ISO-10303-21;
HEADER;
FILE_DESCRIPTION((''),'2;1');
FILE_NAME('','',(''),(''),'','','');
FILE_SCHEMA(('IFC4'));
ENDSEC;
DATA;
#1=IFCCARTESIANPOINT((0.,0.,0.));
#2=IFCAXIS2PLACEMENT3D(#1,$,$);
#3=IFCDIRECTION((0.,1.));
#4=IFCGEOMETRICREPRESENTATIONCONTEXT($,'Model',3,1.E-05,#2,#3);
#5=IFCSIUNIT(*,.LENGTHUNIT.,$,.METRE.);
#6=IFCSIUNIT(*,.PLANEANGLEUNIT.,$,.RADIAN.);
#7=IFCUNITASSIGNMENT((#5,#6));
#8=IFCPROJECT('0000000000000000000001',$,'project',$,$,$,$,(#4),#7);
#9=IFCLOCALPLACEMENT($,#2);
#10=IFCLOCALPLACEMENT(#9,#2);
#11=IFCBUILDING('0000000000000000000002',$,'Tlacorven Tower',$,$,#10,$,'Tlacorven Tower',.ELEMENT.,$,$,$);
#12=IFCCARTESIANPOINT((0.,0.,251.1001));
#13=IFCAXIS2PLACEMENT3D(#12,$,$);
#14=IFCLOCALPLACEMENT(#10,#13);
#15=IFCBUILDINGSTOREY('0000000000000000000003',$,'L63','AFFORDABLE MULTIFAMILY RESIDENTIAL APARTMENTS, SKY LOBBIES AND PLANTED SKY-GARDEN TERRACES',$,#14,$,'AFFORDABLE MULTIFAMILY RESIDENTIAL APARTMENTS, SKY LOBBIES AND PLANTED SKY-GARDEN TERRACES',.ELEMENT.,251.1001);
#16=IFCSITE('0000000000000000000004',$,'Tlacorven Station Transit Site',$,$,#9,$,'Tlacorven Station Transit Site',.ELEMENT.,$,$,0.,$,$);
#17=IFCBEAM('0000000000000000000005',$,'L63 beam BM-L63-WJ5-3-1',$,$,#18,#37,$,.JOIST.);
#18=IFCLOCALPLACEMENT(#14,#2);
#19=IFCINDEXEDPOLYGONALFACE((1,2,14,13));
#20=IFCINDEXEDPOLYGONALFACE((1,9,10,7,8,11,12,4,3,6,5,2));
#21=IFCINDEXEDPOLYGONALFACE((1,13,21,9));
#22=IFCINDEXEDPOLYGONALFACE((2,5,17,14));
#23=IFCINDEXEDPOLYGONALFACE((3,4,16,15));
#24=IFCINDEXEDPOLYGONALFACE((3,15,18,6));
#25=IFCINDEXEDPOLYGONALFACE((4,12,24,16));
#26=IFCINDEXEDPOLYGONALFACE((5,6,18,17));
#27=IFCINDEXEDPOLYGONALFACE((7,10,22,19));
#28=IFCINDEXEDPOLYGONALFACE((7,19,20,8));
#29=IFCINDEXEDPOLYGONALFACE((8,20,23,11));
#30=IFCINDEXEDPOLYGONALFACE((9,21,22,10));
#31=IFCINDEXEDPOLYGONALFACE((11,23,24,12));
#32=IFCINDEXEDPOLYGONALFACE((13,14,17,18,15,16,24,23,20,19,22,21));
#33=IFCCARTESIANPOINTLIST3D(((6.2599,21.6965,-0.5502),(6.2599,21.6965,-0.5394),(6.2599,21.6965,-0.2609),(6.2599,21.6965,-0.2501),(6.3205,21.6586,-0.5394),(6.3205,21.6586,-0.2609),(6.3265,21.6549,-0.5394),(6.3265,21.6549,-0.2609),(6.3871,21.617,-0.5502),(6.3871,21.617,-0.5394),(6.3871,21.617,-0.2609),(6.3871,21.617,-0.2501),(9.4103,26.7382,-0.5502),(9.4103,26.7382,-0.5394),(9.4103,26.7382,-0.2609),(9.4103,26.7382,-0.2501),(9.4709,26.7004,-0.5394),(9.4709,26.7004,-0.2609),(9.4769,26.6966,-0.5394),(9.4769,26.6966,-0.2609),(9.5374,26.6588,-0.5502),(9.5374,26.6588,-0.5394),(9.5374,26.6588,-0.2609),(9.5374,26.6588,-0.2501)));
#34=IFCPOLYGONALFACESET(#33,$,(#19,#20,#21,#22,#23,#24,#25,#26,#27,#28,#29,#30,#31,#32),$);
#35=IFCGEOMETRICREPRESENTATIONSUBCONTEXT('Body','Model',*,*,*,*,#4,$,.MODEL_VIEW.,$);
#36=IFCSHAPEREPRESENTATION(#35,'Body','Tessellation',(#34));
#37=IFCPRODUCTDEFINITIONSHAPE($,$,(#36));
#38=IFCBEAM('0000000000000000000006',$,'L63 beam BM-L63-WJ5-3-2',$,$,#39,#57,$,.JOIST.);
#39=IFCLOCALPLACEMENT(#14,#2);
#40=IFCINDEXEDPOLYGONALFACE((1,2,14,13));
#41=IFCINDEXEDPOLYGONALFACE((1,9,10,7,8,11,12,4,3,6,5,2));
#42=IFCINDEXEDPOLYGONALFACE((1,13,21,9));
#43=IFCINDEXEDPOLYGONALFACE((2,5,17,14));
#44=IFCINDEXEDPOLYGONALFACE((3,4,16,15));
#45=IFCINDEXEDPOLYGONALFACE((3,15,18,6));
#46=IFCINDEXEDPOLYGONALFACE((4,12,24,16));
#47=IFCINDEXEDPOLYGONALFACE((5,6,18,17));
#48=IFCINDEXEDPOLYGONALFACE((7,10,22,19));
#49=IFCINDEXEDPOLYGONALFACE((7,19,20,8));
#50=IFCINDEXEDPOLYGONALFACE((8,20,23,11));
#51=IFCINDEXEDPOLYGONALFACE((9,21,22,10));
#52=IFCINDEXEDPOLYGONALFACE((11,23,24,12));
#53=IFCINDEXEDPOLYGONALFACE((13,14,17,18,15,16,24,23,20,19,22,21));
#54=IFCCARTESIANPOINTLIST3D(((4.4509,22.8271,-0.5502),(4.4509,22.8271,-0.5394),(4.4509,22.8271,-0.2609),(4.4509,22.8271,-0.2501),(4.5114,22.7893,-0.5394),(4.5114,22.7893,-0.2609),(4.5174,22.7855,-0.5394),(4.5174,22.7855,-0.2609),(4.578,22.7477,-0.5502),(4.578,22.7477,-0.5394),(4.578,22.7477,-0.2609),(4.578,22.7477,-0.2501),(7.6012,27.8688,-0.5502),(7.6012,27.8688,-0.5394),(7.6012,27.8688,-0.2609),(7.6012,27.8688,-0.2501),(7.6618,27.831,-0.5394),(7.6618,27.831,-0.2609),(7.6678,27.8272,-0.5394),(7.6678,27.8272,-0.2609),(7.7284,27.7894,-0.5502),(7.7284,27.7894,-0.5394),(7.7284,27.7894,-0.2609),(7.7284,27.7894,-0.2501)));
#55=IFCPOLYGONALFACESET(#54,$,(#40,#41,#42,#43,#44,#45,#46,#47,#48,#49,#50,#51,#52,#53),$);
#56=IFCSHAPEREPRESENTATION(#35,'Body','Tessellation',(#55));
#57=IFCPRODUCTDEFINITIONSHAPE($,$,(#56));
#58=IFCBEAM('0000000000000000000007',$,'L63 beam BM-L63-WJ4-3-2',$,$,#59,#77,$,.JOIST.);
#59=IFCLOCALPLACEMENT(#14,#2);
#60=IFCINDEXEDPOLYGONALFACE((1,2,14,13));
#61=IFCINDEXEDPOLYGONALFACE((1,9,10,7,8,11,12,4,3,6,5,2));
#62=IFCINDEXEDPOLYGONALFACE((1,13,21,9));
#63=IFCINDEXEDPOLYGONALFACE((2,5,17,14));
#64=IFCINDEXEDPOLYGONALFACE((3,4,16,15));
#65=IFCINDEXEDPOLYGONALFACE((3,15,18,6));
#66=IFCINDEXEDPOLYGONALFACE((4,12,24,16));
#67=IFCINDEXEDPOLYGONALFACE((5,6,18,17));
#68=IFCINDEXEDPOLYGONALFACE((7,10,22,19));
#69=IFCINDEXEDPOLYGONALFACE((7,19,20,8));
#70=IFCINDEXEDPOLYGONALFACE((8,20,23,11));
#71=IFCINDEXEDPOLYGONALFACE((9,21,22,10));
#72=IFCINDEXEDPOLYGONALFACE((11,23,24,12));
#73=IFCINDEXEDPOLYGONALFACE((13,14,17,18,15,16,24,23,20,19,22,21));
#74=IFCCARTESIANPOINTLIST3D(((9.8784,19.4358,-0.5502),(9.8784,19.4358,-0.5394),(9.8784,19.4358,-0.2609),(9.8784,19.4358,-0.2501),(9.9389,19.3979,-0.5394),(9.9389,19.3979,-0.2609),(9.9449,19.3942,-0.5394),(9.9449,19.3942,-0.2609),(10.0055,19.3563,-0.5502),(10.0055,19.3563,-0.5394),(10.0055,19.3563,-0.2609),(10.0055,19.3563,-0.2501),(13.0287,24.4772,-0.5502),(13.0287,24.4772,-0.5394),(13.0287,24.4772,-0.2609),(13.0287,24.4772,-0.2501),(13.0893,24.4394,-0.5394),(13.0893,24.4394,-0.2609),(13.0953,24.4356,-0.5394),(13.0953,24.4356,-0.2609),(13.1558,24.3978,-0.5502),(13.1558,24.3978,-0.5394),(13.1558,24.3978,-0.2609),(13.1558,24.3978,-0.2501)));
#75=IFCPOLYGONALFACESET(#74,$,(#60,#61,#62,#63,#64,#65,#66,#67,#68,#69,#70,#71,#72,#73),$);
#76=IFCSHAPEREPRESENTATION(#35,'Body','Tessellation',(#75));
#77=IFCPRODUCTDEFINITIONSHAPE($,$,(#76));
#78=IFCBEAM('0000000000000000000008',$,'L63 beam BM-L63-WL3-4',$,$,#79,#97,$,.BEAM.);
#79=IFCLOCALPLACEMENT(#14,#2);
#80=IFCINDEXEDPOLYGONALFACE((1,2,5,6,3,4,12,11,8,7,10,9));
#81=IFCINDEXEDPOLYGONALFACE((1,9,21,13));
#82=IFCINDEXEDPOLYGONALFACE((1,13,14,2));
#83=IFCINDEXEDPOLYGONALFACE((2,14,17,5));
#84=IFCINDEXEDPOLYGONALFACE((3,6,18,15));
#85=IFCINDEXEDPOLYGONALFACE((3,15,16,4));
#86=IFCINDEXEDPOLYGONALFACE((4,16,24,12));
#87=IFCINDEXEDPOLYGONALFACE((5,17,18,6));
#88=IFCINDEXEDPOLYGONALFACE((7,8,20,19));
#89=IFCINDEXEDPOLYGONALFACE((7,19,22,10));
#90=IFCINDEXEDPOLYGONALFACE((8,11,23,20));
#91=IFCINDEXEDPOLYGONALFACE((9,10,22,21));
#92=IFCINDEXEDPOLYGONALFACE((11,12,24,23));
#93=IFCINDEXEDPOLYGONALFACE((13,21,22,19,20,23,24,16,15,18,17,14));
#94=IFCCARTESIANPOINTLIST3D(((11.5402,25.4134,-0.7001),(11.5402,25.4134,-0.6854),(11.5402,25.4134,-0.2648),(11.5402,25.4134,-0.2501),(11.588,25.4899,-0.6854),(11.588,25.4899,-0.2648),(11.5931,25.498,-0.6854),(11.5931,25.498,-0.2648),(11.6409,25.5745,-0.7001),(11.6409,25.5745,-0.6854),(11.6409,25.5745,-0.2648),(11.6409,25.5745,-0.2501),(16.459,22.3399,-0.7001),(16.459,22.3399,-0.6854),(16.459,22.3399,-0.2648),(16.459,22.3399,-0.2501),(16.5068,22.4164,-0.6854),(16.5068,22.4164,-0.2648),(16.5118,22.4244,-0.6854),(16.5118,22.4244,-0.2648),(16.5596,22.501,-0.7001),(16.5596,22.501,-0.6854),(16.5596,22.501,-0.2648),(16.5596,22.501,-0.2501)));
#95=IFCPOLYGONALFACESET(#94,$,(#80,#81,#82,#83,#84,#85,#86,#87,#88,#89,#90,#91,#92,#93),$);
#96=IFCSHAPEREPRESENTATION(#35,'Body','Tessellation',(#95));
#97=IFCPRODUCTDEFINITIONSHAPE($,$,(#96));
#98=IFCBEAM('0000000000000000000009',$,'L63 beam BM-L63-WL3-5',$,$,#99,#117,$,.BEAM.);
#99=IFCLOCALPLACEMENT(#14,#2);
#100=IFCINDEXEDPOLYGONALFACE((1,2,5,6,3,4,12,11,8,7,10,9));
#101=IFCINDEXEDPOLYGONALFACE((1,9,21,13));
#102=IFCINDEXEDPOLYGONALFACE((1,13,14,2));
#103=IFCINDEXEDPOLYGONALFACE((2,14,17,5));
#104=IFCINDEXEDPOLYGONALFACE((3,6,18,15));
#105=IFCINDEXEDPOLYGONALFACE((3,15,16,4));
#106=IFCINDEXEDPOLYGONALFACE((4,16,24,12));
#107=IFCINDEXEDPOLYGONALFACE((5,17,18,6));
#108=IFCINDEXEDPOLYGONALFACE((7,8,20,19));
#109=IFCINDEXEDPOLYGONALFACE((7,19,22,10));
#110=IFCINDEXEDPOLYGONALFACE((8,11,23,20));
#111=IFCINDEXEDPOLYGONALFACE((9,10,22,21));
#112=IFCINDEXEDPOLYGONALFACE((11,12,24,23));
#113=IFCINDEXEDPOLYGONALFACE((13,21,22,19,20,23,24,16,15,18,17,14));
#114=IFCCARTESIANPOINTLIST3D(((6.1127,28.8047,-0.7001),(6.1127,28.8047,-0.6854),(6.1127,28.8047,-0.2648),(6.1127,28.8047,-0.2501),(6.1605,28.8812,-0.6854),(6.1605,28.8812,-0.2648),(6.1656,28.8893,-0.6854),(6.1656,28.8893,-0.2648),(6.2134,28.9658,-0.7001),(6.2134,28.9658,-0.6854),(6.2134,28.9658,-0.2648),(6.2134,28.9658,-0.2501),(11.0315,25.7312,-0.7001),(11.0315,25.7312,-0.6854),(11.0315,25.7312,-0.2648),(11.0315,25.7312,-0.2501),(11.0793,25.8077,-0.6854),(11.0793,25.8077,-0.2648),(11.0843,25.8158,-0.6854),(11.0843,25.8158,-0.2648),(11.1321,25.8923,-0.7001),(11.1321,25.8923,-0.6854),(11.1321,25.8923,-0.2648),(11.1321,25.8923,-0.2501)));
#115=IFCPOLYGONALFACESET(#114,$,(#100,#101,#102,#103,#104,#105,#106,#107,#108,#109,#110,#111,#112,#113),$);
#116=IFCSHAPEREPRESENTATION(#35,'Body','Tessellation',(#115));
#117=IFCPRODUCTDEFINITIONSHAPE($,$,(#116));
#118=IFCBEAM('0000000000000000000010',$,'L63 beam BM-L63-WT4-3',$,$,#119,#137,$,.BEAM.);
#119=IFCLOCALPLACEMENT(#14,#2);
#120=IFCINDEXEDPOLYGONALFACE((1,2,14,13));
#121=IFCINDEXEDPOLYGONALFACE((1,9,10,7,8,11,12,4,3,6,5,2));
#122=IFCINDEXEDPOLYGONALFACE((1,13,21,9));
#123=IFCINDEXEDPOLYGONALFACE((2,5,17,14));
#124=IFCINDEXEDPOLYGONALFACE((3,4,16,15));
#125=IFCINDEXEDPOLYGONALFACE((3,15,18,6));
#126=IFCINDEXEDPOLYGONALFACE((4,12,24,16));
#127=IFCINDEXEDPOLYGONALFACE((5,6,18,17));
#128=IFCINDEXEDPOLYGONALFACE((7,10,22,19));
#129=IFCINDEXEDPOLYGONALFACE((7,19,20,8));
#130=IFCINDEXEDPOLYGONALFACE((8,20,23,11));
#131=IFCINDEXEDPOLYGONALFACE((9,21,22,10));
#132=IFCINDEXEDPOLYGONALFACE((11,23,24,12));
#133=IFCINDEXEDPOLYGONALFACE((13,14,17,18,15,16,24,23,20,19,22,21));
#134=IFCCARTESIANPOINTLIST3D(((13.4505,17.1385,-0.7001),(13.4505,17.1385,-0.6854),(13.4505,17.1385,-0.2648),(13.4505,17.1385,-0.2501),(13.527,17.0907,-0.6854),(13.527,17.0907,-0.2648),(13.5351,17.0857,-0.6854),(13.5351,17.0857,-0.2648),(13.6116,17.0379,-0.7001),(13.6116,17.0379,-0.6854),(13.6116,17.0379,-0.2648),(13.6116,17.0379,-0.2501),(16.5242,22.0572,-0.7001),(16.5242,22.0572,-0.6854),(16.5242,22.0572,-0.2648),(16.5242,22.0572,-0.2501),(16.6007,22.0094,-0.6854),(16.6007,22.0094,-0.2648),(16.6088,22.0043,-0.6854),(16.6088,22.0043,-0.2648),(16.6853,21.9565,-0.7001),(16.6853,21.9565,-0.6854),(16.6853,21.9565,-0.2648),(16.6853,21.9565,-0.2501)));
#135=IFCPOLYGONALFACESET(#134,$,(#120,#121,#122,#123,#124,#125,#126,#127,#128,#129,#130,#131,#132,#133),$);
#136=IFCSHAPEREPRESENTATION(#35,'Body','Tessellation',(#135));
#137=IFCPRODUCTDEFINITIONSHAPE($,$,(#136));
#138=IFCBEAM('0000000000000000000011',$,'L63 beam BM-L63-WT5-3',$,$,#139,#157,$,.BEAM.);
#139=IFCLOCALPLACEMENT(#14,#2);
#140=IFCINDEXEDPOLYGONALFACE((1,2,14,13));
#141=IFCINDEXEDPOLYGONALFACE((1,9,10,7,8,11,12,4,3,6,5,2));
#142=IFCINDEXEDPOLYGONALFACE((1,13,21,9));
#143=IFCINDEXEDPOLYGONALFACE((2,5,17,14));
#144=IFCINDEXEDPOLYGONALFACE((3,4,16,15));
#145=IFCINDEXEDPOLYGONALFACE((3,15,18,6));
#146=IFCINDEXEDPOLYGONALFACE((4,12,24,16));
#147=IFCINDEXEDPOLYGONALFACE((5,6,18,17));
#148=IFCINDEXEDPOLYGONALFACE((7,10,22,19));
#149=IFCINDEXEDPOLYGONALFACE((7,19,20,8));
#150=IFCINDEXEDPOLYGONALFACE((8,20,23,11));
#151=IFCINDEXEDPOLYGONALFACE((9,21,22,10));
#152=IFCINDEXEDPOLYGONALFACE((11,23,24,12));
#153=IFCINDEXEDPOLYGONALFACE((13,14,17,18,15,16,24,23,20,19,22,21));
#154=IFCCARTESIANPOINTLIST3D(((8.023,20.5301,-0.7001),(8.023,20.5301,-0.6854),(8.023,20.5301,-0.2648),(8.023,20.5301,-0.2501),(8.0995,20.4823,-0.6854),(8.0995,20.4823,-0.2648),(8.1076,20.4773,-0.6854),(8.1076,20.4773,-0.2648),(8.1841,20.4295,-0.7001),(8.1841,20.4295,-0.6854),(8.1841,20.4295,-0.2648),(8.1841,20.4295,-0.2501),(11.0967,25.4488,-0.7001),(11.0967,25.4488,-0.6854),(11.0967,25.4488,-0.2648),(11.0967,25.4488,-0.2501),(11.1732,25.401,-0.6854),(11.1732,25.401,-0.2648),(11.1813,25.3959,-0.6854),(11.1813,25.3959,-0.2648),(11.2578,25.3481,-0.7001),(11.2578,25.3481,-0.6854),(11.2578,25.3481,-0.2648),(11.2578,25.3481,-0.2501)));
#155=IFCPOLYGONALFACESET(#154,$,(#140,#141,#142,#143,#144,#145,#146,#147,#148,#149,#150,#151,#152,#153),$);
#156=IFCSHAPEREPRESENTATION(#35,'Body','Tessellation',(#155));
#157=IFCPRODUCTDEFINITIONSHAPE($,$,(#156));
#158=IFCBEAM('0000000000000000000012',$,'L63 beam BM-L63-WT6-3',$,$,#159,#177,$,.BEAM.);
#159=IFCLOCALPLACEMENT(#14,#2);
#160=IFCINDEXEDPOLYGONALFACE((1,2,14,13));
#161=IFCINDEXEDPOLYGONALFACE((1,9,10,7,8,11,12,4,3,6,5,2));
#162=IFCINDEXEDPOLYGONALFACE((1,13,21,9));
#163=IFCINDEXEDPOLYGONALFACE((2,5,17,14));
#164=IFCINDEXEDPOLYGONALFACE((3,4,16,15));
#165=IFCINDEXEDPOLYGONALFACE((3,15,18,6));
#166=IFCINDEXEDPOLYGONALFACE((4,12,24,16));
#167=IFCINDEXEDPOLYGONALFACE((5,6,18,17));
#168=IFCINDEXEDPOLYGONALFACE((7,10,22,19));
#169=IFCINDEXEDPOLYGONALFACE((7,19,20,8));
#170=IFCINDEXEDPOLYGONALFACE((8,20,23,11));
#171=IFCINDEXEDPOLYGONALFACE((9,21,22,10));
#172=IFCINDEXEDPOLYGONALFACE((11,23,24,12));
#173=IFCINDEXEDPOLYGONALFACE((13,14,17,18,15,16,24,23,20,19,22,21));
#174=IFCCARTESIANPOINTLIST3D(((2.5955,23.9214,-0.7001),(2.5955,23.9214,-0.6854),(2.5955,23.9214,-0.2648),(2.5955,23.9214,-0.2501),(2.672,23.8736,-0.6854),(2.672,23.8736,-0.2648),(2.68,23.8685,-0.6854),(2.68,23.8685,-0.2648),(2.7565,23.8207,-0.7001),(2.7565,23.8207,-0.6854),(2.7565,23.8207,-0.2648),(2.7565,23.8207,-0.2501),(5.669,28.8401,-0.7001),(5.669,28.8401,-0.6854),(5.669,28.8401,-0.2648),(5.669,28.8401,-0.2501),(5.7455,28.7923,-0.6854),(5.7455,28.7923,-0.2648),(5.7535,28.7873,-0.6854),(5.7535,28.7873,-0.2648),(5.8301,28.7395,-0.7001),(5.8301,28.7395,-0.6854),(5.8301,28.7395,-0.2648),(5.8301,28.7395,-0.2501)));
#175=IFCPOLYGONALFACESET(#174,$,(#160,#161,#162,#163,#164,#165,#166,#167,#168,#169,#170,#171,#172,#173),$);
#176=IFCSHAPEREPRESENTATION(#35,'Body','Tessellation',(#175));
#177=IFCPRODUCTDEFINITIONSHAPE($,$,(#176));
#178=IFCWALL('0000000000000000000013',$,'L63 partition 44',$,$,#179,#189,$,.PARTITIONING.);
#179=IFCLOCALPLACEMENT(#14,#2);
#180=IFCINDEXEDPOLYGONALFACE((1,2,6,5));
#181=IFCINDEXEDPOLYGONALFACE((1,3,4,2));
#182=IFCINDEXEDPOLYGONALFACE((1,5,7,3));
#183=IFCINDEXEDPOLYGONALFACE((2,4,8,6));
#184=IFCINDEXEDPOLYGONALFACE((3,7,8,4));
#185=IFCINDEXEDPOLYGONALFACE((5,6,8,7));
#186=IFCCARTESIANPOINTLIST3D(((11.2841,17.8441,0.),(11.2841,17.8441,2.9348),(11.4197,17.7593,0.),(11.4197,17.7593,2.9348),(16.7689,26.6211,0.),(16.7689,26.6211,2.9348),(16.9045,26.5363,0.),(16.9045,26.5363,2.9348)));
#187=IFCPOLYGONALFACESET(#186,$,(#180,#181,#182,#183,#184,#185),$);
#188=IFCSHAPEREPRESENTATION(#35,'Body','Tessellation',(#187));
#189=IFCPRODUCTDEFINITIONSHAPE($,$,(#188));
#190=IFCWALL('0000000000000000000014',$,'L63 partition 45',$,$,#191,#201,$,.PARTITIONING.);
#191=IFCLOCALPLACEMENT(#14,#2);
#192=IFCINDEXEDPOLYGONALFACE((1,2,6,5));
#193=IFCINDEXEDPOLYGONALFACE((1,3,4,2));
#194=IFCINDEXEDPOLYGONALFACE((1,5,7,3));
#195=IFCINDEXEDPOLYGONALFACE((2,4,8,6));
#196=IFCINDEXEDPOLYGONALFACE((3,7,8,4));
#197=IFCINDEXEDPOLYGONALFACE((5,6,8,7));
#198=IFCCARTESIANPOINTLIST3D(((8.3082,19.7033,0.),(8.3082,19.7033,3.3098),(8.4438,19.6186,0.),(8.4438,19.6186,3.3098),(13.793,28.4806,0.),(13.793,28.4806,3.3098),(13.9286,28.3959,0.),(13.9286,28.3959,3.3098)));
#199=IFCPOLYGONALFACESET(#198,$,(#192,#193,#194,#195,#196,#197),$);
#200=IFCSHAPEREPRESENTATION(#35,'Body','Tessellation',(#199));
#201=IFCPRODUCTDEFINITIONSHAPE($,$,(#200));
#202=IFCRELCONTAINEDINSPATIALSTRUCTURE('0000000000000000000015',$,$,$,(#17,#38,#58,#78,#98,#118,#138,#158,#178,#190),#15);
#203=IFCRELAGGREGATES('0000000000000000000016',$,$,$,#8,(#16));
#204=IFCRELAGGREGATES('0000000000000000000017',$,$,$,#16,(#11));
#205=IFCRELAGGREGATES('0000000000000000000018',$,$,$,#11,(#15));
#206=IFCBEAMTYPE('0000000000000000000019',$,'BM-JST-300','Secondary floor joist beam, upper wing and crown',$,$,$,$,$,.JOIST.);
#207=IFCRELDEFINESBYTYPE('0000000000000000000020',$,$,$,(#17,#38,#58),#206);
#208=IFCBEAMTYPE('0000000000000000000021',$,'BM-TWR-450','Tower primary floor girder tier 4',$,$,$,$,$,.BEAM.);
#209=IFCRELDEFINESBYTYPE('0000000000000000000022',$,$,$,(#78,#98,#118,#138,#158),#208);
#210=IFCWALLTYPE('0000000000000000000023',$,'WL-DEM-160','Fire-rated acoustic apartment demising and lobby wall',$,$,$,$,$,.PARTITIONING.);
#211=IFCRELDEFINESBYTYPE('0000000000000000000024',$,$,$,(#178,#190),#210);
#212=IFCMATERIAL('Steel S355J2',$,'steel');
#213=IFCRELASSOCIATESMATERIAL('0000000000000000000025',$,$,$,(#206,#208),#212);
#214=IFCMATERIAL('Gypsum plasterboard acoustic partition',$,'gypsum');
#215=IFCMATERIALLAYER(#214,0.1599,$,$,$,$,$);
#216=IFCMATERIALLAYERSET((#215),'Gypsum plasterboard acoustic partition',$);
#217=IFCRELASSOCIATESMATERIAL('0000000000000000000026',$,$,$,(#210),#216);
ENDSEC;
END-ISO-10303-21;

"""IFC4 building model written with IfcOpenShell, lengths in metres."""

from ifc_helpers import new_model, si_unit, direction, frame, frame_2d, origin, origin_2d, place, context, subcontext, project, spatial, rectangle, i_section, extrude, source, transform, mapped, material, layer, layer_set, material_profile, profile_set, type_object, element, save


model = new_model("IFC4")

# Units and contexts
model_context = context("Model", 3, precision=1e-05, world=origin(), true_north=direction((0.0, 1.0)))
body_context = subcontext(model_context, "Body", "Model", "MODEL_VIEW")
ifc_project = project(units=[si_unit("LENGTHUNIT", "METRE"), si_unit("PLANEANGLEUNIT", "RADIAN")], contexts=[model_context])

# Site, building, storey
site_placement = place(None, origin())
site = spatial("IfcSite", under=ifc_project, at=site_placement, Name="Tlacorven Station Transit Site", LongName="Tlacorven Station Transit Site", CompositionType="ELEMENT", RefElevation=0.0)
building_placement = place(site_placement, origin())
building = spatial("IfcBuilding", under=site, at=building_placement, Name="Tlacorven Tower", LongName="Tlacorven Tower", CompositionType="ELEMENT")
storey_placement = place(building_placement, frame((0.0, 0.0, 251.1001)))
storey = spatial("IfcBuildingStorey", under=building, at=storey_placement, Name="L63", Description="AFFORDABLE MULTIFAMILY RESIDENTIAL APARTMENTS, SKY LOBBIES AND PLANTED SKY-GARDEN TERRACES", LongName="AFFORDABLE MULTIFAMILY RESIDENTIAL APARTMENTS, SKY LOBBIES AND PLANTED SKY-GARDEN TERRACES", CompositionType="ELEMENT", Elevation=251.1001)

# Shared definitions
ifc_material_1 = material(Name="Steel S355J2", Category="steel")

# Beams
ifc_material_profile_1 = material_profile(ifc_material_1, i_section(OverallWidth=0.1499, OverallDepth=0.3, WebThickness=0.0071, FlangeThickness=0.0107, at=origin_2d()), Name="IPE 300")
ifc_profile_set_1 = profile_set([ifc_material_profile_1], Name="Steel S355J2")
beam_type_1 = type_object("IfcBeamType", Name="BM-JST-300", Description="Secondary floor joist beam, upper wing and crown", PredefinedType="JOIST", material=ifc_profile_set_1)
shared_shape_1 = source(origin(), body_context, "Body", "SweptSolid", [
    extrude(i_section(OverallWidth=0.1499, OverallDepth=0.3, WebThickness=0.0071, FlangeThickness=0.0107, at=origin_2d()), origin(), (0.0, 0.0, 1.0), 5.9451),
])
for number, where, z_axis, x_axis, name in (
    (1, (9.4739, 26.6985, -0.4001), (-0.529914, -0.848051, 0.0), (0.848051, -0.529914, 0.0), "L63 beam BM-L63-WJ5-3-1"),
    (2, (7.6648, 27.8291, -0.4001), (-0.529914, -0.848051, 0.0), (0.848051, -0.529914, 0.0), "L63 beam BM-L63-WJ5-3-2"),
):
    element("IfcBeam", number, at=place(storey_placement, frame(where, z_axis=z_axis, x_axis=x_axis)), inside=storey, type_object=beam_type_1, Name=name, PredefinedType="JOIST", context=body_context, shape_type="MappedRepresentation", body=[
        mapped(shared_shape_1, transform((0.0, 0.0, 0.0), scale=1.0)),
    ])
shared_shape_2 = source(origin(), body_context, "Body", "SweptSolid", [
    extrude(i_section(OverallWidth=0.1499, OverallDepth=0.3, WebThickness=0.0071, FlangeThickness=0.0107, at=origin_2d()), origin(), (0.0, 0.0, 1.0), 5.9448),
])
beam_1_placement = place(storey_placement, frame((13.0923, 24.4375, -0.4001), z_axis=(-0.529932, -0.84804, 0.0), x_axis=(0.84804, -0.529932, 0.0)))
element("IfcBeam", 3, at=beam_1_placement, inside=storey, type_object=beam_type_1, Name="L63 beam BM-L63-WJ4-3-2", PredefinedType="JOIST", context=body_context, shape_type="MappedRepresentation", body=[
    mapped(shared_shape_2, transform((0.0, 0.0, 0.0), scale=1.0)),
])
ifc_material_profile_2 = material_profile(ifc_material_1, i_section(OverallWidth=0.1899, OverallDepth=0.45, WebThickness=0.0095, FlangeThickness=0.0146, at=origin_2d()), Name="IPE 450")
ifc_profile_set_2 = profile_set([ifc_material_profile_2], Name="Steel S355J2")
beam_type_2 = type_object("IfcBeamType", Name="BM-TWR-450", Description="Tower primary floor girder tier 4", PredefinedType="BEAM", material=ifc_profile_set_2)
shared_shape_3 = source(origin(), body_context, "Body", "SweptSolid", [
    extrude(i_section(OverallWidth=0.1899, OverallDepth=0.45, WebThickness=0.0095, FlangeThickness=0.0146, at=origin_2d()), origin(), (0.0, 0.0, 1.0), 5.8),
])
for number, where, z_axis, x_axis, name in (
    (4, (16.5093, 22.4204, -0.4751), (-0.848053, 0.529912, 0.0), (-0.529912, -0.848053, 0.0), "L63 beam BM-L63-WL3-4"),
    (5, (11.0818, 25.8118, -0.4751), (-0.848053, 0.529912, 0.0), (-0.529912, -0.848053, 0.0), "L63 beam BM-L63-WL3-5"),
    (6, (16.6047, 22.0068, -0.4751), (-0.529942, -0.848034, 0.0), (0.848034, -0.529942, 0.0), "L63 beam BM-L63-WT4-3"),
    (7, (11.1772, 25.3984, -0.4751), (-0.529942, -0.848034, 0.0), (0.848034, -0.529942, 0.0), "L63 beam BM-L63-WT5-3"),
    (8, (5.7495, 28.7898, -0.4751), (-0.529912, -0.848053, 0.0), (0.848053, -0.529912, 0.0), "L63 beam BM-L63-WT6-3"),
):
    element("IfcBeam", number, at=place(storey_placement, frame(where, z_axis=z_axis, x_axis=x_axis)), inside=storey, type_object=beam_type_2, Name=name, PredefinedType="BEAM", context=body_context, shape_type="MappedRepresentation", body=[
        mapped(shared_shape_3, transform((0.0, 0.0, 0.0), scale=1.0)),
    ])

# Walls
ifc_material_2 = material(Name="Gypsum plasterboard acoustic partition", Category="gypsum")
ifc_layer_1 = layer(ifc_material_2, 0.1599)
ifc_layer_set_1 = layer_set([ifc_layer_1], Name="Gypsum plasterboard acoustic partition")
wall_type_1 = type_object("IfcWallType", Name="WL-DEM-160", Description="Fire-rated acoustic apartment demising and lobby wall", PredefinedType="PARTITIONING", material=ifc_layer_set_1)
wall_1_placement = place(storey_placement, frame((16.8367, 26.5786, 0.0), z_axis=(0.0, 0.0, 1.0), x_axis=(-0.529942, -0.848034, 0.0)))
element("IfcWall", 9, at=wall_1_placement, inside=storey, type_object=wall_type_1, Name="L63 partition 44", PredefinedType="PARTITIONING", context=body_context, shape_type="SweptSolid", body=[
    extrude(rectangle(XDim=10.3499, YDim=0.1599, at=frame_2d((5.1748, 0.0))), origin(), (0.0, 0.0, 1.0), 2.9348),
])
wall_2_placement = place(storey_placement, frame((13.8608, 28.4382, 0.0), z_axis=(0.0, 0.0, 1.0), x_axis=(-0.529931, -0.848041, 0.0)))
element("IfcWall", 10, at=wall_2_placement, inside=storey, type_object=wall_type_1, Name="L63 partition 45", PredefinedType="PARTITIONING", context=body_context, shape_type="SweptSolid", body=[
    extrude(rectangle(XDim=10.3501, YDim=0.1599, at=frame_2d((5.175, 0.0))), origin(), (0.0, 0.0, 1.0), 3.3098),
])

save(model, "model.ifc")
